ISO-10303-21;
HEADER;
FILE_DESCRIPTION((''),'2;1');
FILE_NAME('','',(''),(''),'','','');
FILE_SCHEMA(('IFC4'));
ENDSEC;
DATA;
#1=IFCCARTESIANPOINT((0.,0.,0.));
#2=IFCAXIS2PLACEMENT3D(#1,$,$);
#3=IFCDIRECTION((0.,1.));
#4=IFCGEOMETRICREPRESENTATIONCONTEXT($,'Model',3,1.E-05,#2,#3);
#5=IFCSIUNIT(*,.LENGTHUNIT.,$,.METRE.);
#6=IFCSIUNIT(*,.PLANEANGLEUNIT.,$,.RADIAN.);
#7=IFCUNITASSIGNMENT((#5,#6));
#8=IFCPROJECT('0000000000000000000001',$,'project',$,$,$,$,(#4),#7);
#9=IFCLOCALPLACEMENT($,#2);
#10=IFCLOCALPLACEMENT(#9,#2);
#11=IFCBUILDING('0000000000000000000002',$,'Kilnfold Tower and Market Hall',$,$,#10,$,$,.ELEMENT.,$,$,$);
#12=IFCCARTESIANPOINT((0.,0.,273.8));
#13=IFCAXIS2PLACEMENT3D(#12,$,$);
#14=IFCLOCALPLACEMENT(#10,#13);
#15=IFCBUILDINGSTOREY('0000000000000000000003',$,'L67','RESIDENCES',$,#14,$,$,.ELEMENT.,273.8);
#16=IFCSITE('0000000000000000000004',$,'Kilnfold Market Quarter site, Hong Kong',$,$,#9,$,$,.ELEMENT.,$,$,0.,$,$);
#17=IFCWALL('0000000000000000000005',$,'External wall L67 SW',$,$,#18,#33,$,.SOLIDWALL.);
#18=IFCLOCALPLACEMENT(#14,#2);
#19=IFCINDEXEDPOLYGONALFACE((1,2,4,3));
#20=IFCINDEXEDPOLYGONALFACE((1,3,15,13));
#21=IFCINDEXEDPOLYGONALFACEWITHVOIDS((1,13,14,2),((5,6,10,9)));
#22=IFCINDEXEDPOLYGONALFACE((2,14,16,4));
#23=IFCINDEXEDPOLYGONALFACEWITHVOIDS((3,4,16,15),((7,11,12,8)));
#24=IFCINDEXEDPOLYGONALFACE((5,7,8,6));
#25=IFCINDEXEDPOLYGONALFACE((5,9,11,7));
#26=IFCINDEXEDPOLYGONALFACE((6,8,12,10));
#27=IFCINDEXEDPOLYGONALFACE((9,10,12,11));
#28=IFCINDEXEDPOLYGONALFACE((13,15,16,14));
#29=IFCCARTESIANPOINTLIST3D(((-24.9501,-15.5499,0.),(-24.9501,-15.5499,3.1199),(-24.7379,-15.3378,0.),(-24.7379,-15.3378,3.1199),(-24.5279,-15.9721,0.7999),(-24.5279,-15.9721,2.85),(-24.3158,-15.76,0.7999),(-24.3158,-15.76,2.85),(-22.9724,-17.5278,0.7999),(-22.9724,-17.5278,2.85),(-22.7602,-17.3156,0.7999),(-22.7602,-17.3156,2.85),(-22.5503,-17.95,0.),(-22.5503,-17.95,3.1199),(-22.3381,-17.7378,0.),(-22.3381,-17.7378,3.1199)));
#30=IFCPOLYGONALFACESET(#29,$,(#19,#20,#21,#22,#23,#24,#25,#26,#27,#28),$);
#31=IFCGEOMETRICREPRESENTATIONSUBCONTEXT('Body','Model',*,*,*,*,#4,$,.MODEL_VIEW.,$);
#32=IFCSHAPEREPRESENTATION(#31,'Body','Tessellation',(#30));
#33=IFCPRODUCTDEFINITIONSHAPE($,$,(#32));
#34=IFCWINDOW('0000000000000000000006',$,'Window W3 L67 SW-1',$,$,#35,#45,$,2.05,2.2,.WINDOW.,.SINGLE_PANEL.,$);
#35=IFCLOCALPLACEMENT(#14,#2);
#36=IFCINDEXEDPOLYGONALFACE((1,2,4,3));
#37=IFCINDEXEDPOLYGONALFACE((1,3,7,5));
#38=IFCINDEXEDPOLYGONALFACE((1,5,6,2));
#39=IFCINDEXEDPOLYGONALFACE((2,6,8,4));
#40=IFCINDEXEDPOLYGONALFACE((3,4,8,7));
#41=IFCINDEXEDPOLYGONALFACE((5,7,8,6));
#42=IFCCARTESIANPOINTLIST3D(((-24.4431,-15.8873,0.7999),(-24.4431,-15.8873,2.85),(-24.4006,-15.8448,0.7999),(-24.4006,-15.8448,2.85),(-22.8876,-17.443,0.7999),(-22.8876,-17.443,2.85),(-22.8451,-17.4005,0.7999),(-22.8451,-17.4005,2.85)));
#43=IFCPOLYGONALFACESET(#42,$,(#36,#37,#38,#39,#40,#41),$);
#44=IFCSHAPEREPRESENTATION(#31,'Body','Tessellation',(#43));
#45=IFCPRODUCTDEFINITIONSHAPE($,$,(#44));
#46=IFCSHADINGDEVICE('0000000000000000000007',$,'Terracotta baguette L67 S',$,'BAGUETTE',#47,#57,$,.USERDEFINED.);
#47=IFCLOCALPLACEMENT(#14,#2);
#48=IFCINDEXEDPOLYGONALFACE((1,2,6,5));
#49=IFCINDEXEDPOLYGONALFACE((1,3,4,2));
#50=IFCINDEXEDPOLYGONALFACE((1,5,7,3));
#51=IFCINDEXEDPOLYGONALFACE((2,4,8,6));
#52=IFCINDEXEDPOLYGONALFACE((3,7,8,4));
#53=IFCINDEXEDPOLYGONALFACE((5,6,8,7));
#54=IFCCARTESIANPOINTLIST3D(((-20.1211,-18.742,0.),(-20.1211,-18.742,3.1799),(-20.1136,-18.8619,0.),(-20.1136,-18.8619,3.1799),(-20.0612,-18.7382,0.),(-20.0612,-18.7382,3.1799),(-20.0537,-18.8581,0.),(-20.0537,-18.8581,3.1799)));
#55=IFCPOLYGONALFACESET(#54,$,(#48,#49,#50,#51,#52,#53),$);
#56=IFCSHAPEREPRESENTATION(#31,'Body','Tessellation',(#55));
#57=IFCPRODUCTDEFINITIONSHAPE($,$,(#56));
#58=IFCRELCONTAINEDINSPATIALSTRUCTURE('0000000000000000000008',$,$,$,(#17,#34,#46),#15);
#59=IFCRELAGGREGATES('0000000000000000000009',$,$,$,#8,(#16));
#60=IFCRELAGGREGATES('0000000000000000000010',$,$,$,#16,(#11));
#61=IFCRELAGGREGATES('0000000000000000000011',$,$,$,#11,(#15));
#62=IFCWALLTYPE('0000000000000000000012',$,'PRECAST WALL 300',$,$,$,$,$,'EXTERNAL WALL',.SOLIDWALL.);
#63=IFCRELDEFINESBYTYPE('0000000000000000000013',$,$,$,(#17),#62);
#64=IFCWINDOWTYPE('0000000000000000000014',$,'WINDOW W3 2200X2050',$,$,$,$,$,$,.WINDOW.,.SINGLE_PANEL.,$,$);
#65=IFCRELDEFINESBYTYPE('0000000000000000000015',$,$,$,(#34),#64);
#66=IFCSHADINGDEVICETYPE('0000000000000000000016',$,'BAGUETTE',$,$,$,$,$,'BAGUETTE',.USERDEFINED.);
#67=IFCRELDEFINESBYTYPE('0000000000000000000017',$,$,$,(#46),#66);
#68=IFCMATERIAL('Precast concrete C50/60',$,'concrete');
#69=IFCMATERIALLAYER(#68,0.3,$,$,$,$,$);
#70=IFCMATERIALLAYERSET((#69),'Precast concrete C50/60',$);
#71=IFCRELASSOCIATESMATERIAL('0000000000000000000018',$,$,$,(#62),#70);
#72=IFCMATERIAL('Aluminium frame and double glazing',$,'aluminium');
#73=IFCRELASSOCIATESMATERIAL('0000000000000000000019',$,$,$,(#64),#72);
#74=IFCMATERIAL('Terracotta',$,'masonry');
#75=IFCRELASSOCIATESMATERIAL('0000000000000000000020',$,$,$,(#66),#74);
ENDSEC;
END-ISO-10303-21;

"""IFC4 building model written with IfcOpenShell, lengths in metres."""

from ifc_helpers import new_model, si_unit, direction, frame, frame_2d, origin, origin_2d, place, context, subcontext, project, spatial, rectangle, extrude, source, transform, mapped, material, layer, layer_set, material_profile, profile_set, type_object, element, fill, save


model = new_model("IFC4")

# Units and contexts
model_context = context("Model", 3, precision=1e-05, world=origin(), true_north=direction((0.0, 1.0)))
body_context = subcontext(model_context, "Body", "Model", "MODEL_VIEW")
ifc_project = project(units=[si_unit("LENGTHUNIT", "METRE"), si_unit("PLANEANGLEUNIT", "RADIAN")], contexts=[model_context])

# Site, building, storey
site_placement = place(None, origin())
site = spatial("IfcSite", under=ifc_project, at=site_placement, Name="Kilnfold Market Quarter site, Hong Kong", CompositionType="ELEMENT", RefElevation=0.0)
building_placement = place(site_placement, origin())
building = spatial("IfcBuilding", under=site, at=building_placement, Name="Kilnfold Tower and Market Hall", CompositionType="ELEMENT")
storey_placement = place(building_placement, frame((0.0, 0.0, 273.8)))
storey = spatial("IfcBuildingStorey", under=building, at=storey_placement, Name="L67", Description="RESIDENCES", CompositionType="ELEMENT", Elevation=273.8)

# Shared definitions
ifc_material_1 = material(Name="Precast concrete C50/60", Category="concrete")
ifc_layer_1 = layer(ifc_material_1, 0.3)
ifc_layer_set_1 = layer_set([ifc_layer_1], Name="Precast concrete C50/60")
wall_type_1 = type_object("IfcWallType", Name="PRECAST WALL 300", ElementType="EXTERNAL WALL", PredefinedType="SOLIDWALL", material=ifc_layer_set_1)

# Wall, opening, window
ifc_material_2 = material(Name="Aluminium frame and double glazing", Category="aluminium")
window_type_1 = type_object("IfcWindowType", Name="WINDOW W3 2200X2050", PartitioningType="SINGLE_PANEL", PredefinedType="WINDOW", material=ifc_material_2)
shared_shape_1 = source(origin(), body_context, "Body", "SweptSolid", [
    extrude(rectangle(XDim=3.394, YDim=0.3, at=frame_2d((1.697, 0.0))), origin(), (0.0, 0.0, 1.0), 3.1199),
])
wall_1_placement = place(storey_placement, frame((-24.844, -15.4438, 0.0), z_axis=(0.0, 0.0, 1.0), x_axis=(0.707071, -0.707143, 0.0)))
wall_1 = element("IfcWall", 1, at=wall_1_placement, inside=storey, type_object=wall_type_1, Name="External wall L67 SW", PredefinedType="SOLIDWALL", context=body_context, shape_type="MappedRepresentation", body=[
    mapped(shared_shape_1, transform((0.0, 0.0, 0.0))),
])
opening_1_placement = place(wall_1_placement, frame((0.5969, 0.0, 0.8)))
opening_1 = element("IfcOpeningElement", 2, at=opening_1_placement, cuts=wall_1, PredefinedType="OPENING", context=body_context, shape_type="SweptSolid", body=[
    extrude(rectangle(XDim=2.2, YDim=2.05, at=frame_2d((1.1001, 1.0249))), frame((0.0, 0.1602, 0.0), z_axis=(0.0, -1.0, 0.0), x_axis=(1.0, 0.0, 0.0)), (0.0, 0.0, 1.0), 0.3201),
])
window_1_placement = place(opening_1_placement, origin())
window_1 = element("IfcWindow", 3, at=window_1_placement, inside=storey, type_object=window_type_1, Name="Window W3 L67 SW-1", OverallHeight=2.05, OverallWidth=2.2, PartitioningType="SINGLE_PANEL", PredefinedType="WINDOW", context=body_context, shape_type="SweptSolid", body=[
    extrude(rectangle(XDim=2.2, YDim=2.05, at=frame_2d((1.1001, 1.0249))), frame((0.0, 0.03, 0.0), z_axis=(0.0, -1.0, 0.0), x_axis=(1.0, 0.0, 0.0)), (0.0, 0.0, 1.0), 0.0601),
])
fill(opening_1, window_1)

# Shading device
ifc_material_3 = material(Name="Terracotta", Category="masonry")
ifc_material_profile_1 = material_profile(ifc_material_3, rectangle(XDim=0.0601, YDim=0.1201, at=origin_2d()), Name="BAG 60x120")
ifc_profile_set_1 = profile_set([ifc_material_profile_1], Name="Terracotta")
shading_device_type = type_object("IfcShadingDeviceType", Name="BAGUETTE", ElementType="BAGUETTE", PredefinedType="USERDEFINED", material=ifc_profile_set_1)
shared_shape_2 = source(origin(), body_context, "Body", "SweptSolid", [
    extrude(rectangle(XDim=0.0601, YDim=0.1201, at=origin_2d()), origin(), (0.0, 0.0, 1.0), 3.1799),
])
shading_device_placement = place(storey_placement, frame((-20.0874, -18.8, 0.0), z_axis=(0.0, 0.0, 1.0), x_axis=(0.99806, 0.062257, 0.0)))
element("IfcShadingDevice", 4, at=shading_device_placement, inside=storey, type_object=shading_device_type, Name="Terracotta baguette L67 S", ObjectType="BAGUETTE", PredefinedType="USERDEFINED", context=body_context, shape_type="MappedRepresentation", body=[
    mapped(shared_shape_2, transform((0.0, 0.0, 0.0))),
])

save(model, "model.ifc")
